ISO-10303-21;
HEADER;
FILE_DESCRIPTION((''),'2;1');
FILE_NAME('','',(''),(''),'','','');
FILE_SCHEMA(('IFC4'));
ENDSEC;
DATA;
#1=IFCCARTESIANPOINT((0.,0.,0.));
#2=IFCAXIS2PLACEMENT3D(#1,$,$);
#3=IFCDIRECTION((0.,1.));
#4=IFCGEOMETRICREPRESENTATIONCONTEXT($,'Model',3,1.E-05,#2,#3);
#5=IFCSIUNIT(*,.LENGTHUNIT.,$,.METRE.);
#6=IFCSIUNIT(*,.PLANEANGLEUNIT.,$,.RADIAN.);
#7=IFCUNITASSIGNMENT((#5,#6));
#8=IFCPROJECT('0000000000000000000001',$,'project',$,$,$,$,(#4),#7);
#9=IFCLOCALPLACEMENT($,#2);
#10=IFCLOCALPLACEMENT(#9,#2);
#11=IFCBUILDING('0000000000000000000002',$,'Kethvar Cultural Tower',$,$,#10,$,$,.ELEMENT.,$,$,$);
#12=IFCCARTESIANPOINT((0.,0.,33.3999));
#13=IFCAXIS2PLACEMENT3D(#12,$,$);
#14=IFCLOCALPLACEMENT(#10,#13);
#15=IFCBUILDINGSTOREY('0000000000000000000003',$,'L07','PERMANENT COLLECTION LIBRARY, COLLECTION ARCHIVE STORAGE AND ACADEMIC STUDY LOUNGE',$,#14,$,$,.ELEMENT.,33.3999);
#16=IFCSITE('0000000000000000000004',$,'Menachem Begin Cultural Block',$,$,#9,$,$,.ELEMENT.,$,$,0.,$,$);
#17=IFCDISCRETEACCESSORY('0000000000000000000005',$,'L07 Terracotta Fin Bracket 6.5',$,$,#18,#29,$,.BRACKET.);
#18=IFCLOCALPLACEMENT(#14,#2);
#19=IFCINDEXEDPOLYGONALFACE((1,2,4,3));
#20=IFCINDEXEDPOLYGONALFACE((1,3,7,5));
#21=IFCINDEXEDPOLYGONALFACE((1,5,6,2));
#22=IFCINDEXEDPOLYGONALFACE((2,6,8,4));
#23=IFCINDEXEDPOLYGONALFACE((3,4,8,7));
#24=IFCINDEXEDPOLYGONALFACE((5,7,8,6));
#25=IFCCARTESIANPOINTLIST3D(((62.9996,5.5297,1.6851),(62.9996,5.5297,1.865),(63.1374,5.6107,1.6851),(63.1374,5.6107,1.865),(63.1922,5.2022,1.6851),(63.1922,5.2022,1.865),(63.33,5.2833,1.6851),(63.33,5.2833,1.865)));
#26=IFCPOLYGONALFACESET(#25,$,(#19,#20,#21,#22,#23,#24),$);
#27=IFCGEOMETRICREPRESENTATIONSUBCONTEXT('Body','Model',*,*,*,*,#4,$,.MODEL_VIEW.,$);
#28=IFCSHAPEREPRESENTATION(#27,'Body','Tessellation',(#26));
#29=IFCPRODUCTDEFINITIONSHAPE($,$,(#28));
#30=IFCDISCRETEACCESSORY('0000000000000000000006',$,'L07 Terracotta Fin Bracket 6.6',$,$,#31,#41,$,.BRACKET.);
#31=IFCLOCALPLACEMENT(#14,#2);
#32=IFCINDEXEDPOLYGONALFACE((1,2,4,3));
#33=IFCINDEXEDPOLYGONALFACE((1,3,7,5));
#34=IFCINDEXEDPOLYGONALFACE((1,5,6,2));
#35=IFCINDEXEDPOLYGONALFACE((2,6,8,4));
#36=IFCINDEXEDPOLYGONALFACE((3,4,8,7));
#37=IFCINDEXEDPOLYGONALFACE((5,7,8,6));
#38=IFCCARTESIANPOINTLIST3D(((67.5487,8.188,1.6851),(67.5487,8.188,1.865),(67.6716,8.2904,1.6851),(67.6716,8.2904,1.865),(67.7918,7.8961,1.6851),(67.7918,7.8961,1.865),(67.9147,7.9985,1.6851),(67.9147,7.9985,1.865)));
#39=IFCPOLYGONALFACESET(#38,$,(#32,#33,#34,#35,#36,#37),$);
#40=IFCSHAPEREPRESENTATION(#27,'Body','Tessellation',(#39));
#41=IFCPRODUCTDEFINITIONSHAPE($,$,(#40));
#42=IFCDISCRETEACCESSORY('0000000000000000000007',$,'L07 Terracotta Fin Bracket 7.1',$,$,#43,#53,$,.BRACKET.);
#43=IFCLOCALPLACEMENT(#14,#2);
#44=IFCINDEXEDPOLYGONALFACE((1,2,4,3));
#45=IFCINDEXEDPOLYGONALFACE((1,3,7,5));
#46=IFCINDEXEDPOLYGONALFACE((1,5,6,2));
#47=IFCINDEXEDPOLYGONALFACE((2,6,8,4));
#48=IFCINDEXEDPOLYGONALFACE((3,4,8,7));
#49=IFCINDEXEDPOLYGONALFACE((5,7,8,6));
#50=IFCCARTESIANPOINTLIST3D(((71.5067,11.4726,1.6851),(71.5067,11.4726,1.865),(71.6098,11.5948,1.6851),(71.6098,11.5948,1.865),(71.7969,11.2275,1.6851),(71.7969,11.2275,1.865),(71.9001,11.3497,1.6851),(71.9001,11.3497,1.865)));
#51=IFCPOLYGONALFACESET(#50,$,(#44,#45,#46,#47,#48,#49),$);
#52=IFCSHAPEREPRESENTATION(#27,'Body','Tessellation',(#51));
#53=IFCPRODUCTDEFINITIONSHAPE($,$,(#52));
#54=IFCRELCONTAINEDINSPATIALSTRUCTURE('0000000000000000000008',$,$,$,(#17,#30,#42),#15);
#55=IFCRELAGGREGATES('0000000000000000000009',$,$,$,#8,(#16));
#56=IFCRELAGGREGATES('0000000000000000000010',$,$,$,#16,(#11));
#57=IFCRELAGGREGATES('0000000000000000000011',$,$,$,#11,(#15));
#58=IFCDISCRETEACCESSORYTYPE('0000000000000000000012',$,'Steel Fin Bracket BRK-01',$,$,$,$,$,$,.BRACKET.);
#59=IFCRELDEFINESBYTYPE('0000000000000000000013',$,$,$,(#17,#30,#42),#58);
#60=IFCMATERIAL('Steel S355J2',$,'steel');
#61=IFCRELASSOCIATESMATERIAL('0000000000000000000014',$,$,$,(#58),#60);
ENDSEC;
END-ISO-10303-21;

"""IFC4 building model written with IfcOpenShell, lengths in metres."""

from ifc_helpers import new_model, si_unit, direction, frame, origin, origin_2d, place, context, subcontext, project, spatial, rectangle, extrude, source, transform, mapped, material, type_object, element, save


model = new_model("IFC4")

# Units and contexts
model_context = context("Model", 3, precision=1e-05, world=origin(), true_north=direction((0.0, 1.0)))
body_context = subcontext(model_context, "Body", "Model", "MODEL_VIEW")
ifc_project = project(units=[si_unit("LENGTHUNIT", "METRE"), si_unit("PLANEANGLEUNIT", "RADIAN")], contexts=[model_context])

# Site, building, storey
site_placement = place(None, origin())
site = spatial("IfcSite", under=ifc_project, at=site_placement, Name="Menachem Begin Cultural Block", CompositionType="ELEMENT", RefElevation=0.0)
building_placement = place(site_placement, origin())
building = spatial("IfcBuilding", under=site, at=building_placement, Name="Kethvar Cultural Tower", CompositionType="ELEMENT")
storey_placement = place(building_placement, frame((0.0, 0.0, 33.3999)))
storey = spatial("IfcBuildingStorey", under=building, at=storey_placement, Name="L07", Description="PERMANENT COLLECTION LIBRARY, COLLECTION ARCHIVE STORAGE AND ACADEMIC STUDY LOUNGE", CompositionType="ELEMENT", Elevation=33.3999)

# Shared definitions
ifc_material_1 = material(Name="Steel S355J2", Category="steel")

# Discrete accessories
discrete_accessory_type = type_object("IfcDiscreteAccessoryType", Name="Steel Fin Bracket BRK-01", PredefinedType="BRACKET", material=ifc_material_1)
shared_shape_1 = source(origin(), body_context, "Body", "SweptSolid", [
    extrude(rectangle(XDim=0.3799, YDim=0.1599, at=origin_2d()), origin(), (0.0, 0.0, 1.0), 0.1799),
])
for number, where, z_axis, x_axis, name in (
    (1, (63.1648, 5.4065, 1.6851), (0.0, 0.0, 1.0), (0.507087, -0.861895, 0.0), "L07 Terracotta Fin Bracket 6.5"),
    (2, (67.7317, 8.0933, 1.6851), (0.0, 0.0, 1.0), (0.639976, -0.768395, 0.0), "L07 Terracotta Fin Bracket 6.6"),
    (3, (71.7034, 11.4111, 1.6851), (0.0, 0.0, 1.0), (0.764134, -0.645058, 0.0), "L07 Terracotta Fin Bracket 7.1"),
):
    element("IfcDiscreteAccessory", number, at=place(storey_placement, frame(where, z_axis=z_axis, x_axis=x_axis)), inside=storey, type_object=discrete_accessory_type, Name=name, PredefinedType="BRACKET", context=body_context, shape_type="MappedRepresentation", body=[
        mapped(shared_shape_1, transform((0.0, 0.0, 0.0), scale=1.0)),
    ])

save(model, "model.ifc")
